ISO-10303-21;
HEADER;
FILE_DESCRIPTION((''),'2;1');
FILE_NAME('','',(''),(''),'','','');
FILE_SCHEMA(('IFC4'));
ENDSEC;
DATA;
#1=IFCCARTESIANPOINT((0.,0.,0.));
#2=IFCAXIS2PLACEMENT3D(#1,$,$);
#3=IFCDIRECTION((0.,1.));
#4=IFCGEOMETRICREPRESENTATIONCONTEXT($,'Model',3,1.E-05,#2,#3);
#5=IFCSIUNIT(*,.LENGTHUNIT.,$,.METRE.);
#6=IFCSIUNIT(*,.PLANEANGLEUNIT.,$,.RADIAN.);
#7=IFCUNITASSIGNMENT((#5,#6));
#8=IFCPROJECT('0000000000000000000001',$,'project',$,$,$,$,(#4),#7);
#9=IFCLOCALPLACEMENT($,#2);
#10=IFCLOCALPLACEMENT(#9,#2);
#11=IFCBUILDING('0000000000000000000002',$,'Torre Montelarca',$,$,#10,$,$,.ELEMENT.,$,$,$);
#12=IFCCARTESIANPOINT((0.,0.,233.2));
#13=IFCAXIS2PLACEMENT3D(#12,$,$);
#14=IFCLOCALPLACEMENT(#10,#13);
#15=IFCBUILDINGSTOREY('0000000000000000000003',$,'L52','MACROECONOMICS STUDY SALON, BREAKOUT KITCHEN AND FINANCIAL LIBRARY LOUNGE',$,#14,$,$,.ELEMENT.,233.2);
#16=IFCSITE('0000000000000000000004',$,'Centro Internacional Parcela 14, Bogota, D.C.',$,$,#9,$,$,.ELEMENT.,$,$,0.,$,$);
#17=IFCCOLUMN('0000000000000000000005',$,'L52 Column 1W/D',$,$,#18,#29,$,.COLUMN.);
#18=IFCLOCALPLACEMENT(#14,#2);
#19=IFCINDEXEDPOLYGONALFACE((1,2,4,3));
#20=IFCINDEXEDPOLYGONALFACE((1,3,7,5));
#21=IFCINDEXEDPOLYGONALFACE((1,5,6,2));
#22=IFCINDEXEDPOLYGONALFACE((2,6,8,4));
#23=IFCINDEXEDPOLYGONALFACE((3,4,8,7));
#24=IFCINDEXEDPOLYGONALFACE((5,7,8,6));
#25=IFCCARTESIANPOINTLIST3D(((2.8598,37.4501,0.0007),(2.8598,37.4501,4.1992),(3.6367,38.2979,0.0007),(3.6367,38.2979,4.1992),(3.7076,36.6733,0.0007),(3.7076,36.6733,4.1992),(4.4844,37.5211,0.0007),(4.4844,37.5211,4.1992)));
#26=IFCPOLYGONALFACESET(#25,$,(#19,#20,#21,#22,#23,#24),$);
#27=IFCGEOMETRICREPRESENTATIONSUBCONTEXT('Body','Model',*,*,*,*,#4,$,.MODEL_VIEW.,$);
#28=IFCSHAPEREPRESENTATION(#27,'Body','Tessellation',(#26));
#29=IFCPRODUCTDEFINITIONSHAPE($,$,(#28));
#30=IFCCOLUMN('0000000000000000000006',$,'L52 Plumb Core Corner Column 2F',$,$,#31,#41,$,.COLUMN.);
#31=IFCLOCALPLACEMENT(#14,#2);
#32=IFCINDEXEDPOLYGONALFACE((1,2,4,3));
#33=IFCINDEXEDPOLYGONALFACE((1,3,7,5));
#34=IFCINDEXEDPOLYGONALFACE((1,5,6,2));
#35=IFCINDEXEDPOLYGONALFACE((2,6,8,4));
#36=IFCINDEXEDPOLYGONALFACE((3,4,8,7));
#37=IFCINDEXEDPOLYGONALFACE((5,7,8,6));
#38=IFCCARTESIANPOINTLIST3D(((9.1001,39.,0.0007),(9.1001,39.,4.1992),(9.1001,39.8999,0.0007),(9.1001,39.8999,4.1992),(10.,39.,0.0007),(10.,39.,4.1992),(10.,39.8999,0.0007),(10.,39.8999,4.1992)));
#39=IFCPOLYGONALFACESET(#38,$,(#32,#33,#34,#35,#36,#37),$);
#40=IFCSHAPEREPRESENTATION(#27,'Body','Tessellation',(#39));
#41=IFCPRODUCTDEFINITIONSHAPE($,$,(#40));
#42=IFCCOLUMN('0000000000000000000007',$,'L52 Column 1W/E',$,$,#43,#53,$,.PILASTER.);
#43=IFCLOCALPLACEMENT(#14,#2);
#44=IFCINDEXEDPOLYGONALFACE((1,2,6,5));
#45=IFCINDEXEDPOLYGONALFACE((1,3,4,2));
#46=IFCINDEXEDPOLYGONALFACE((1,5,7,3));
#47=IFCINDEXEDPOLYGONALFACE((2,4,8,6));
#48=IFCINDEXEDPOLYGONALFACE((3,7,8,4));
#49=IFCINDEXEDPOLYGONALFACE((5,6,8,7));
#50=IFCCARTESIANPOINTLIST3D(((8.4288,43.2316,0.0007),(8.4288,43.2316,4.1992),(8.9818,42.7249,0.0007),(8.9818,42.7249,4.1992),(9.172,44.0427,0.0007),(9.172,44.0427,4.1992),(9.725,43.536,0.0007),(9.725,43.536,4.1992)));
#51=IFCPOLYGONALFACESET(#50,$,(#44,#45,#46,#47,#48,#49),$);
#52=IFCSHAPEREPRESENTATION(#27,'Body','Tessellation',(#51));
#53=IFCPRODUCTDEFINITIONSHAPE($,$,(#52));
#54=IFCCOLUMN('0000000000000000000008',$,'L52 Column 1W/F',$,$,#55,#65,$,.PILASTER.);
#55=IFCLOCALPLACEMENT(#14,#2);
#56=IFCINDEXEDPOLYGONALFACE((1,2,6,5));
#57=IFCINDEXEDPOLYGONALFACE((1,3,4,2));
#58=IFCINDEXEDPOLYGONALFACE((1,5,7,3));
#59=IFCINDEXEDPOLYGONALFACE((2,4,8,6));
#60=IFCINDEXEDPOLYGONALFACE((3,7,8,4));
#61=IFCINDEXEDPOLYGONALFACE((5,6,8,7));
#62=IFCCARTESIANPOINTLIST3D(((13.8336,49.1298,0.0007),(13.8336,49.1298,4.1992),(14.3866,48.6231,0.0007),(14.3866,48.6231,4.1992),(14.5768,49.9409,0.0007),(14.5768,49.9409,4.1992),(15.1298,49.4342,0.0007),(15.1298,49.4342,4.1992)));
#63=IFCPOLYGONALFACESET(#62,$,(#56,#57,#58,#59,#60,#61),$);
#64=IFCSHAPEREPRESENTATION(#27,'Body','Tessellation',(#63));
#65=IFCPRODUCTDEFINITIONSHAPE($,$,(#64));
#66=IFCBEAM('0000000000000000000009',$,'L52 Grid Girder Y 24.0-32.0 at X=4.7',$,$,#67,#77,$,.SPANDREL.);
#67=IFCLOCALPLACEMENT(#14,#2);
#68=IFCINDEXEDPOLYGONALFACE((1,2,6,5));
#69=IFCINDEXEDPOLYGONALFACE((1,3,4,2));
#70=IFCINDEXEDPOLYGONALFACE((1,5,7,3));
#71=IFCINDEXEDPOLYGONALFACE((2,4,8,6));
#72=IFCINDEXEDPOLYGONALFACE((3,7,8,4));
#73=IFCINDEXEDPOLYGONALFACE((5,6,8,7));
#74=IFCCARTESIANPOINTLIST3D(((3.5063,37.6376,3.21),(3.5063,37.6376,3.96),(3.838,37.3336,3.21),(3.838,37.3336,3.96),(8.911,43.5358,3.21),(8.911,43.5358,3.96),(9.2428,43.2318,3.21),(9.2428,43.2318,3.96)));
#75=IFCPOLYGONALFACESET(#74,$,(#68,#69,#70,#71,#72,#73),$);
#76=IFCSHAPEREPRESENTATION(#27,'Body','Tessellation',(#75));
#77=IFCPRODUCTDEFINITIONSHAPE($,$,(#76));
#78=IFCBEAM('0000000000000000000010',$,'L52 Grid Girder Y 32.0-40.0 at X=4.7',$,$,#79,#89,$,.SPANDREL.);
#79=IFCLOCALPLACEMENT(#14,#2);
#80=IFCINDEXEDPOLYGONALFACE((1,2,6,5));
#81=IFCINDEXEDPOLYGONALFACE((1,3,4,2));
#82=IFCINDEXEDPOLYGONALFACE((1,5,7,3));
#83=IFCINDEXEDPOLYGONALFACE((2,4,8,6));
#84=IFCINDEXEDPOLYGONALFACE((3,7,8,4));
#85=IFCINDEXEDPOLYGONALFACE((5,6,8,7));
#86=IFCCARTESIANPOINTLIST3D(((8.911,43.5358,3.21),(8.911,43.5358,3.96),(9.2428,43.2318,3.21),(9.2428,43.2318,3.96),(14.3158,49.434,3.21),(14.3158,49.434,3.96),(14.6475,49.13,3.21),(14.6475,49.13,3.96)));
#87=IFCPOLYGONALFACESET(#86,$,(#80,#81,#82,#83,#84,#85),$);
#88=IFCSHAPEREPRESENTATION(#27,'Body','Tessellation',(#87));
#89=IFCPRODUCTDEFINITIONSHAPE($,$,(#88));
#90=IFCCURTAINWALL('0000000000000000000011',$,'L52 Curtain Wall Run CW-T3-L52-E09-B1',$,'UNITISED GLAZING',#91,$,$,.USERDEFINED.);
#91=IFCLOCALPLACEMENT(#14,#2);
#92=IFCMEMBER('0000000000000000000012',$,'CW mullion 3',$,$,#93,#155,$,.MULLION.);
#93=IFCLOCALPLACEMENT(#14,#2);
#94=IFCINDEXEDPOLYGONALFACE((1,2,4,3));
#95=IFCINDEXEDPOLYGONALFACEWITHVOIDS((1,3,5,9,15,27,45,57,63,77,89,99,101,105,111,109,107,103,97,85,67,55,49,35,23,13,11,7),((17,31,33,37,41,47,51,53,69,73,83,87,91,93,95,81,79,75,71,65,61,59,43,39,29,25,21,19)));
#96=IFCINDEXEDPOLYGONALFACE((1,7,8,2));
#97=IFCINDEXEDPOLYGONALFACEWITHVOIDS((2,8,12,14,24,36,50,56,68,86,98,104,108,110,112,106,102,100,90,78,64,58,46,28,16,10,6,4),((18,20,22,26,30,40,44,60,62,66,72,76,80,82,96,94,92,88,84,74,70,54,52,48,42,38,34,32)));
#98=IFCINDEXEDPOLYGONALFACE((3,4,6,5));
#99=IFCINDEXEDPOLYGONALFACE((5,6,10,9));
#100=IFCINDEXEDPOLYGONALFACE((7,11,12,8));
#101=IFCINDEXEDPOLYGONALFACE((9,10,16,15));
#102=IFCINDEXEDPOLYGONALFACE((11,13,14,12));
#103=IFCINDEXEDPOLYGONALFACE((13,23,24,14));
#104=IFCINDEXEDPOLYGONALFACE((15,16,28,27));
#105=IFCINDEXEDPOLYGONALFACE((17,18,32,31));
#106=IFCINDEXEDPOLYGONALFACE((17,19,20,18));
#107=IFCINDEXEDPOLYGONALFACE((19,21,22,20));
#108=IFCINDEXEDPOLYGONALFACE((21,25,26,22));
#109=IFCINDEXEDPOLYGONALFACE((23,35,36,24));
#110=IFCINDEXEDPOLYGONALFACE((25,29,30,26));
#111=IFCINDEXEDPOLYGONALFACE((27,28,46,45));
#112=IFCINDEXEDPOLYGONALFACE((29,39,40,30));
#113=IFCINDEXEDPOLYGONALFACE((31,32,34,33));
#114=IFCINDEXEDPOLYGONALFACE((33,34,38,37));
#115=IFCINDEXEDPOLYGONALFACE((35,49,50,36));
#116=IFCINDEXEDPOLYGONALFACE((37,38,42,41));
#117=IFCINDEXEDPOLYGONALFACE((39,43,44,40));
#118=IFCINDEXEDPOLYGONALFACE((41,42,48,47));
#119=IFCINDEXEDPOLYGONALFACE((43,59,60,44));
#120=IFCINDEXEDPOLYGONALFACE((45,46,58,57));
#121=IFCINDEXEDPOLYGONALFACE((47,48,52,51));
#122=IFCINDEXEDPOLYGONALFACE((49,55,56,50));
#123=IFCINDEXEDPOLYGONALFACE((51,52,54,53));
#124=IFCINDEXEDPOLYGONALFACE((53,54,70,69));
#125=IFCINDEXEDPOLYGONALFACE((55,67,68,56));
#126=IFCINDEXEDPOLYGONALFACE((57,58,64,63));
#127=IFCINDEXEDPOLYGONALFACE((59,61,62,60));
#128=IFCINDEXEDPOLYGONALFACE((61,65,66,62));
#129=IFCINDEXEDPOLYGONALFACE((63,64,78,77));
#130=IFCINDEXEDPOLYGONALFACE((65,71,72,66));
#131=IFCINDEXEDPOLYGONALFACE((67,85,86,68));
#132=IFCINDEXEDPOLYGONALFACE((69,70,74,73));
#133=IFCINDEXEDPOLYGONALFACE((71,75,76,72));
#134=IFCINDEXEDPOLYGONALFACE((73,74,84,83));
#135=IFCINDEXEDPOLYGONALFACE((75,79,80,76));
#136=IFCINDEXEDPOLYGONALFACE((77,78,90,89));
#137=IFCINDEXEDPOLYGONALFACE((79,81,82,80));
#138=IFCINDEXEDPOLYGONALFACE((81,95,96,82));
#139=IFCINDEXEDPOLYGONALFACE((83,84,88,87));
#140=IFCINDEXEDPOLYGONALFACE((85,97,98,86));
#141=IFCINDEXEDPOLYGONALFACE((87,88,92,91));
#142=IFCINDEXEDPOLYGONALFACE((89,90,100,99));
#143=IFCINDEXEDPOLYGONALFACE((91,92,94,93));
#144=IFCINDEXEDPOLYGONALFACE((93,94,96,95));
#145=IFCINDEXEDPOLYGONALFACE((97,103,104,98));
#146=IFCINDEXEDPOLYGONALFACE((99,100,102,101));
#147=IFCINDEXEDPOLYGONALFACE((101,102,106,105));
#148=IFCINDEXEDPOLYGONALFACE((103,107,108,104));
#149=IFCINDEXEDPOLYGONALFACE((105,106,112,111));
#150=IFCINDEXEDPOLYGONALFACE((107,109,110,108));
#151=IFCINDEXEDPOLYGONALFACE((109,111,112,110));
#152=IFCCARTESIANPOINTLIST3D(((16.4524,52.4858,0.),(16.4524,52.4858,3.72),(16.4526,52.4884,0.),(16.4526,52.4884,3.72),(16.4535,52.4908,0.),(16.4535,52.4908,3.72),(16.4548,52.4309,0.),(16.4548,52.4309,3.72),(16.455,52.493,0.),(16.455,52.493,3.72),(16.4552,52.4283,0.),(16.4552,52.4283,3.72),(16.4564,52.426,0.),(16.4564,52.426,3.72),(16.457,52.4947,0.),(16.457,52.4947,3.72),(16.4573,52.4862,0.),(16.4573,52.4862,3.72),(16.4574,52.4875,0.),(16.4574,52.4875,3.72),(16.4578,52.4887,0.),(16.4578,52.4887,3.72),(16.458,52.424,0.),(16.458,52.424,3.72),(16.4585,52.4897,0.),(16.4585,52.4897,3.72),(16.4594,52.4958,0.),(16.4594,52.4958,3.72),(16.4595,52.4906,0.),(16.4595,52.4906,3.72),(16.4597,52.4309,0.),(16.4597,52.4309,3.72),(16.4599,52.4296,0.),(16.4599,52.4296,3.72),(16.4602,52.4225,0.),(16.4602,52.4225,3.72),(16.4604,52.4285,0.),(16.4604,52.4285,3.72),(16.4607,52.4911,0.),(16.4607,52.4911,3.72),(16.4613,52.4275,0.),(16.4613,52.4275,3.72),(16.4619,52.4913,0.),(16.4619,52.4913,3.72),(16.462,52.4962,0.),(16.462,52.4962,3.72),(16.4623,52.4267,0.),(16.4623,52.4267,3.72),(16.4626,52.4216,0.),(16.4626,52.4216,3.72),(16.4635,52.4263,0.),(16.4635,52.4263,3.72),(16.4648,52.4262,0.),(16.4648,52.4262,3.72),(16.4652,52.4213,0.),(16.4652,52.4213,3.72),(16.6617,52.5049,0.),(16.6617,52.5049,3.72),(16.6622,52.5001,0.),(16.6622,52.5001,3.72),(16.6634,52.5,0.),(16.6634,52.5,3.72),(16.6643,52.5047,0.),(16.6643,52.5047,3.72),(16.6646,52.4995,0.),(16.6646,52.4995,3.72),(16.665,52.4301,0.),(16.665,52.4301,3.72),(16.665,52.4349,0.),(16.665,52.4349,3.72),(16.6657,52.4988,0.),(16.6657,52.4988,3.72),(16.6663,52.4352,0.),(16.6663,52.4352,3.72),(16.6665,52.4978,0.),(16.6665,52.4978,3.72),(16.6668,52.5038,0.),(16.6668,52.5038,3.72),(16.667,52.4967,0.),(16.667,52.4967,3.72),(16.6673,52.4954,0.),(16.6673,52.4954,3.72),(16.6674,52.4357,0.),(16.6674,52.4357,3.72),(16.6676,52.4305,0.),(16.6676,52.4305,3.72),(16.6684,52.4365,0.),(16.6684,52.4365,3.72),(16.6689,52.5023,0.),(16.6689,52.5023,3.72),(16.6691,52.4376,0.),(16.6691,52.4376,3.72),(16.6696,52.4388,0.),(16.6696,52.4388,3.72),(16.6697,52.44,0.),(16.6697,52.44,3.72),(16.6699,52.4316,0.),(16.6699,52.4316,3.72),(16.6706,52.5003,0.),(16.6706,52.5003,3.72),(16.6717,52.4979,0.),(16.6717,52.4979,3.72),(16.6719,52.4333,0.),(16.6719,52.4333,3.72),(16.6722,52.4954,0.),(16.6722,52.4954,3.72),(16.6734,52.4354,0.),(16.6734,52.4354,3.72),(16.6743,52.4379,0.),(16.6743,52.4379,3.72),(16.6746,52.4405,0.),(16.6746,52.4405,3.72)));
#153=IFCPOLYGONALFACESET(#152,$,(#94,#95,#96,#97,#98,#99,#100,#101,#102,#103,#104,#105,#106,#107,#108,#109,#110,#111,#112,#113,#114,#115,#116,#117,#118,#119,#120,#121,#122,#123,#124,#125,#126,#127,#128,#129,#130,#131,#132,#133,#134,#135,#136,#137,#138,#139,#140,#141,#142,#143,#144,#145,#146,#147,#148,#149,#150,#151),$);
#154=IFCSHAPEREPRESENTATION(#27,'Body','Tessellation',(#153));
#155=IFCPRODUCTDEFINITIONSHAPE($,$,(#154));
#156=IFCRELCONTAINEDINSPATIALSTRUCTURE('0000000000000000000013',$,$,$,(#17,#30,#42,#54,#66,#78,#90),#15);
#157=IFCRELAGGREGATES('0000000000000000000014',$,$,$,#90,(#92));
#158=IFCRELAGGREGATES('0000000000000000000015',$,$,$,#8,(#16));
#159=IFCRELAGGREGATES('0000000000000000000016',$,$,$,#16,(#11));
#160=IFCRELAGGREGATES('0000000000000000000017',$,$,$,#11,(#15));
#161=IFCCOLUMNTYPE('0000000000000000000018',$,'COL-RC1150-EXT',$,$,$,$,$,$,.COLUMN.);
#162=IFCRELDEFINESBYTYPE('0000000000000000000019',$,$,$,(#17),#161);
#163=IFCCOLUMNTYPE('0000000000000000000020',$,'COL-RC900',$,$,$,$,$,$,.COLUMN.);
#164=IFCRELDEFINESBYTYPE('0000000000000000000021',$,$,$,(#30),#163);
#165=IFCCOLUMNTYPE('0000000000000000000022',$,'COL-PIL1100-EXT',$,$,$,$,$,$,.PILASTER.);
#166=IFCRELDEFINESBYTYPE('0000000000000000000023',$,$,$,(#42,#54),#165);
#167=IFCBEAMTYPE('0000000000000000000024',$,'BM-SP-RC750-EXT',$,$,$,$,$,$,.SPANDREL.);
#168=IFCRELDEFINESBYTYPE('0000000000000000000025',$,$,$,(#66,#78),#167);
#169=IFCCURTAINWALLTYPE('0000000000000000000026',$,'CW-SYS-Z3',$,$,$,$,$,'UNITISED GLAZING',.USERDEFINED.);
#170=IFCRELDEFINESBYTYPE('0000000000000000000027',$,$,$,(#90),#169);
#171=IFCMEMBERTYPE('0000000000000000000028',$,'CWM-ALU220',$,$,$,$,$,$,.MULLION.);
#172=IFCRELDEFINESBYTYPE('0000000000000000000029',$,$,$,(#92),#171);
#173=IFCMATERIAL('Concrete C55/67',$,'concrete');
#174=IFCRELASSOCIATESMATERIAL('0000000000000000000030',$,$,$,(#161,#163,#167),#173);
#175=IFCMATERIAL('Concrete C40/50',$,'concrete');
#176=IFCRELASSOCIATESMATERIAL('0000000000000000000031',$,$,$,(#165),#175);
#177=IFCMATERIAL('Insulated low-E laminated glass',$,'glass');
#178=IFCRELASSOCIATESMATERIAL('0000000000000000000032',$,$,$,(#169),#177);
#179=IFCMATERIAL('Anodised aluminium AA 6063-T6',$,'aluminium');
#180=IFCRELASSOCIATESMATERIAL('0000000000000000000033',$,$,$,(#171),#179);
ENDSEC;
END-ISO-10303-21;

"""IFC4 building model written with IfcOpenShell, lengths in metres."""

from ifc_helpers import new_model, si_unit, direction, frame, origin, origin_2d, place, context, subcontext, project, spatial, rectangle, hollow_rectangle, extrude, source, transform, mapped, material, material_profile, profile_set, type_object, element, aggregate, save


model = new_model("IFC4")

# Units and contexts
model_context = context("Model", 3, precision=1e-05, world=origin(), true_north=direction((0.0, 1.0)))
body_context = subcontext(model_context, "Body", "Model", "MODEL_VIEW")
ifc_project = project(units=[si_unit("LENGTHUNIT", "METRE"), si_unit("PLANEANGLEUNIT", "RADIAN")], contexts=[model_context])

# Site, building, storey
site_placement = place(None, origin())
site = spatial("IfcSite", under=ifc_project, at=site_placement, Name="Centro Internacional Parcela 14, Bogota, D.C.", CompositionType="ELEMENT", RefElevation=0.0)
building_placement = place(site_placement, origin())
building = spatial("IfcBuilding", under=site, at=building_placement, Name="Torre Montelarca", CompositionType="ELEMENT")
storey_placement = place(building_placement, frame((0.0, 0.0, 233.2)))
storey = spatial("IfcBuildingStorey", under=building, at=storey_placement, Name="L52", Description="MACROECONOMICS STUDY SALON, BREAKOUT KITCHEN AND FINANCIAL LIBRARY LOUNGE", CompositionType="ELEMENT", Elevation=233.2)

# Columns
ifc_material_1 = material(Name="Concrete C55/67", Category="concrete")
ifc_material_profile_1 = material_profile(ifc_material_1, rectangle(XDim=1.1499, YDim=1.1499, at=origin_2d()), Name="RC1150X1150", Category="concrete")
ifc_profile_set_1 = profile_set([ifc_material_profile_1], Name="Concrete C55/67")
column_type_1 = type_object("IfcColumnType", Name="COL-RC1150-EXT", PredefinedType="COLUMN", material=ifc_profile_set_1)
shared_shape_1 = source(origin(), body_context, "Body", "SweptSolid", [
    extrude(rectangle(XDim=1.1499, YDim=1.1499, at=origin_2d()), origin(), (0.0, 0.0, 1.0), 4.1985),
])
column_1_placement = place(storey_placement, frame((3.6721, 37.4856, 0.0007), z_axis=(0.0, 0.0, 1.0), x_axis=(-0.737277, 0.67559, 0.0)))
element("IfcColumn", 1, at=column_1_placement, inside=storey, type_object=column_type_1, Name="L52 Column 1W/D", PredefinedType="COLUMN", context=body_context, shape_type="MappedRepresentation", body=[
    mapped(shared_shape_1, transform((0.0, 0.0, 0.0), scale=1.0)),
])
ifc_material_profile_2 = material_profile(ifc_material_1, rectangle(XDim=0.8999, YDim=0.8999, at=origin_2d()), Name="RC900X900", Category="concrete")
ifc_profile_set_2 = profile_set([ifc_material_profile_2], Name="Concrete C55/67")
column_type_2 = type_object("IfcColumnType", Name="COL-RC900", PredefinedType="COLUMN", material=ifc_profile_set_2)
shared_shape_2 = source(origin(), body_context, "Body", "SweptSolid", [
    extrude(rectangle(XDim=0.8999, YDim=0.8999, at=origin_2d()), origin(), (0.0, 0.0, 1.0), 4.1985),
])
column_2_placement = place(storey_placement, frame((9.55, 39.45, 0.0007), z_axis=(0.0, 0.0, 1.0), x_axis=(1.0, 0.0, 0.0)))
element("IfcColumn", 2, at=column_2_placement, inside=storey, type_object=column_type_2, Name="L52 Plumb Core Corner Column 2F", PredefinedType="COLUMN", context=body_context, shape_type="MappedRepresentation", body=[
    mapped(shared_shape_2, transform((0.0, 0.0, 0.0), scale=1.0)),
])
ifc_material_2 = material(Name="Concrete C40/50", Category="concrete")
ifc_material_profile_3 = material_profile(ifc_material_2, rectangle(XDim=0.75, YDim=1.1001, at=origin_2d()), Name="RC1100X750", Category="concrete")
ifc_profile_set_3 = profile_set([ifc_material_profile_3], Name="Concrete C40/50")
column_type_3 = type_object("IfcColumnType", Name="COL-PIL1100-EXT", PredefinedType="PILASTER", material=ifc_profile_set_3)
shared_shape_3 = source(origin(), body_context, "Body", "SweptSolid", [
    extrude(rectangle(XDim=0.75, YDim=1.1001, at=origin_2d()), origin(), (0.0, 0.0, 1.0), 4.1985),
])
for number, where, z_axis, x_axis, name in (
    (3, (9.0769, 43.3838, 0.0007), (0.0, 0.0, 1.0), (-0.737277, 0.67559, 0.0), "L52 Column 1W/E"),
    (4, (14.4817, 49.282, 0.0007), (0.0, 0.0, 1.0), (-0.737277, 0.67559, 0.0), "L52 Column 1W/F"),
):
    element("IfcColumn", number, at=place(storey_placement, frame(where, z_axis=z_axis, x_axis=x_axis)), inside=storey, type_object=column_type_3, Name=name, PredefinedType="PILASTER", context=body_context, shape_type="MappedRepresentation", body=[
        mapped(shared_shape_3, transform((0.0, 0.0, 0.0), scale=1.0)),
    ])

# Beams
ifc_material_profile_4 = material_profile(ifc_material_1, rectangle(XDim=0.45, YDim=0.75, at=origin_2d()), Name="RCB450X750", Category="concrete")
ifc_profile_set_4 = profile_set([ifc_material_profile_4], Name="Concrete C55/67")
beam_type = type_object("IfcBeamType", Name="BM-SP-RC750-EXT", PredefinedType="SPANDREL", material=ifc_profile_set_4)
shared_shape_4 = source(origin(), body_context, "Body", "SweptSolid", [
    extrude(rectangle(XDim=0.45, YDim=0.75, at=origin_2d()), origin(), (0.0, 0.0, 1.0), 8.0),
])
for number, where, z_axis, x_axis, name in (
    (5, (3.6721, 37.4856, 3.585), (0.675596, 0.737272, 0.0), (-0.737272, 0.675596, 0.0), "L52 Grid Girder Y 24.0-32.0 at X=4.7"),
    (6, (9.0769, 43.3838, 3.585), (0.675596, 0.737272, 0.0), (-0.737272, 0.675596, 0.0), "L52 Grid Girder Y 32.0-40.0 at X=4.7"),
):
    element("IfcBeam", number, at=place(storey_placement, frame(where, z_axis=z_axis, x_axis=x_axis)), inside=storey, type_object=beam_type, Name=name, PredefinedType="SPANDREL", context=body_context, shape_type="MappedRepresentation", body=[
        mapped(shared_shape_4, transform((0.0, 0.0, 0.0), scale=1.0)),
    ])

# Curtain wall, member
ifc_material_3 = material(Name="Insulated low-E laminated glass", Category="glass")
curtain_wall_type = type_object("IfcCurtainWallType", Name="CW-SYS-Z3", ElementType="UNITISED GLAZING", PredefinedType="USERDEFINED", material=ifc_material_3)
curtain_wall_1_placement = place(storey_placement, origin())
curtain_wall_1 = element("IfcCurtainWall", 7, at=curtain_wall_1_placement, inside=storey, type_object=curtain_wall_type, Name="L52 Curtain Wall Run CW-T3-L52-E09-B1", ObjectType="UNITISED GLAZING", PredefinedType="USERDEFINED")
ifc_material_4 = material(Name="Anodised aluminium AA 6063-T6", Category="aluminium")
ifc_material_profile_5 = material_profile(ifc_material_4, hollow_rectangle(XDim=0.075, YDim=0.22, WallThickness=0.0049, InnerFilletRadius=0.0049, OuterFilletRadius=0.01, at=origin_2d()), Name="ALU75X220X5", Category="aluminium")
ifc_profile_set_5 = profile_set([ifc_material_profile_5], Name="Anodised aluminium AA 6063-T6")
member_type_1 = type_object("IfcMemberType", Name="CWM-ALU220", PredefinedType="MULLION", material=ifc_profile_set_5)
shared_shape_5 = source(origin(), body_context, "Body", "SweptSolid", [
    extrude(hollow_rectangle(XDim=0.075, YDim=0.22, WallThickness=0.0049, InnerFilletRadius=0.0049, OuterFilletRadius=0.01, at=origin_2d()), origin(), (0.0, 0.0, 1.0), 3.72),
])
member_1_placement = place(storey_placement, frame((16.5635, 52.4631, 0.0), z_axis=(0.0, 0.0, 1.0), x_axis=(0.043616, -0.999048, 0.0)))
member_1 = element("IfcMember", 8, at=member_1_placement, type_object=member_type_1, Name="CW mullion 3", PredefinedType="MULLION", context=body_context, shape_type="MappedRepresentation", body=[
    mapped(shared_shape_5, transform((0.0, 0.0, 0.0), scale=1.0)),
])
aggregate(curtain_wall_1, [member_1])

save(model, "model.ifc")
